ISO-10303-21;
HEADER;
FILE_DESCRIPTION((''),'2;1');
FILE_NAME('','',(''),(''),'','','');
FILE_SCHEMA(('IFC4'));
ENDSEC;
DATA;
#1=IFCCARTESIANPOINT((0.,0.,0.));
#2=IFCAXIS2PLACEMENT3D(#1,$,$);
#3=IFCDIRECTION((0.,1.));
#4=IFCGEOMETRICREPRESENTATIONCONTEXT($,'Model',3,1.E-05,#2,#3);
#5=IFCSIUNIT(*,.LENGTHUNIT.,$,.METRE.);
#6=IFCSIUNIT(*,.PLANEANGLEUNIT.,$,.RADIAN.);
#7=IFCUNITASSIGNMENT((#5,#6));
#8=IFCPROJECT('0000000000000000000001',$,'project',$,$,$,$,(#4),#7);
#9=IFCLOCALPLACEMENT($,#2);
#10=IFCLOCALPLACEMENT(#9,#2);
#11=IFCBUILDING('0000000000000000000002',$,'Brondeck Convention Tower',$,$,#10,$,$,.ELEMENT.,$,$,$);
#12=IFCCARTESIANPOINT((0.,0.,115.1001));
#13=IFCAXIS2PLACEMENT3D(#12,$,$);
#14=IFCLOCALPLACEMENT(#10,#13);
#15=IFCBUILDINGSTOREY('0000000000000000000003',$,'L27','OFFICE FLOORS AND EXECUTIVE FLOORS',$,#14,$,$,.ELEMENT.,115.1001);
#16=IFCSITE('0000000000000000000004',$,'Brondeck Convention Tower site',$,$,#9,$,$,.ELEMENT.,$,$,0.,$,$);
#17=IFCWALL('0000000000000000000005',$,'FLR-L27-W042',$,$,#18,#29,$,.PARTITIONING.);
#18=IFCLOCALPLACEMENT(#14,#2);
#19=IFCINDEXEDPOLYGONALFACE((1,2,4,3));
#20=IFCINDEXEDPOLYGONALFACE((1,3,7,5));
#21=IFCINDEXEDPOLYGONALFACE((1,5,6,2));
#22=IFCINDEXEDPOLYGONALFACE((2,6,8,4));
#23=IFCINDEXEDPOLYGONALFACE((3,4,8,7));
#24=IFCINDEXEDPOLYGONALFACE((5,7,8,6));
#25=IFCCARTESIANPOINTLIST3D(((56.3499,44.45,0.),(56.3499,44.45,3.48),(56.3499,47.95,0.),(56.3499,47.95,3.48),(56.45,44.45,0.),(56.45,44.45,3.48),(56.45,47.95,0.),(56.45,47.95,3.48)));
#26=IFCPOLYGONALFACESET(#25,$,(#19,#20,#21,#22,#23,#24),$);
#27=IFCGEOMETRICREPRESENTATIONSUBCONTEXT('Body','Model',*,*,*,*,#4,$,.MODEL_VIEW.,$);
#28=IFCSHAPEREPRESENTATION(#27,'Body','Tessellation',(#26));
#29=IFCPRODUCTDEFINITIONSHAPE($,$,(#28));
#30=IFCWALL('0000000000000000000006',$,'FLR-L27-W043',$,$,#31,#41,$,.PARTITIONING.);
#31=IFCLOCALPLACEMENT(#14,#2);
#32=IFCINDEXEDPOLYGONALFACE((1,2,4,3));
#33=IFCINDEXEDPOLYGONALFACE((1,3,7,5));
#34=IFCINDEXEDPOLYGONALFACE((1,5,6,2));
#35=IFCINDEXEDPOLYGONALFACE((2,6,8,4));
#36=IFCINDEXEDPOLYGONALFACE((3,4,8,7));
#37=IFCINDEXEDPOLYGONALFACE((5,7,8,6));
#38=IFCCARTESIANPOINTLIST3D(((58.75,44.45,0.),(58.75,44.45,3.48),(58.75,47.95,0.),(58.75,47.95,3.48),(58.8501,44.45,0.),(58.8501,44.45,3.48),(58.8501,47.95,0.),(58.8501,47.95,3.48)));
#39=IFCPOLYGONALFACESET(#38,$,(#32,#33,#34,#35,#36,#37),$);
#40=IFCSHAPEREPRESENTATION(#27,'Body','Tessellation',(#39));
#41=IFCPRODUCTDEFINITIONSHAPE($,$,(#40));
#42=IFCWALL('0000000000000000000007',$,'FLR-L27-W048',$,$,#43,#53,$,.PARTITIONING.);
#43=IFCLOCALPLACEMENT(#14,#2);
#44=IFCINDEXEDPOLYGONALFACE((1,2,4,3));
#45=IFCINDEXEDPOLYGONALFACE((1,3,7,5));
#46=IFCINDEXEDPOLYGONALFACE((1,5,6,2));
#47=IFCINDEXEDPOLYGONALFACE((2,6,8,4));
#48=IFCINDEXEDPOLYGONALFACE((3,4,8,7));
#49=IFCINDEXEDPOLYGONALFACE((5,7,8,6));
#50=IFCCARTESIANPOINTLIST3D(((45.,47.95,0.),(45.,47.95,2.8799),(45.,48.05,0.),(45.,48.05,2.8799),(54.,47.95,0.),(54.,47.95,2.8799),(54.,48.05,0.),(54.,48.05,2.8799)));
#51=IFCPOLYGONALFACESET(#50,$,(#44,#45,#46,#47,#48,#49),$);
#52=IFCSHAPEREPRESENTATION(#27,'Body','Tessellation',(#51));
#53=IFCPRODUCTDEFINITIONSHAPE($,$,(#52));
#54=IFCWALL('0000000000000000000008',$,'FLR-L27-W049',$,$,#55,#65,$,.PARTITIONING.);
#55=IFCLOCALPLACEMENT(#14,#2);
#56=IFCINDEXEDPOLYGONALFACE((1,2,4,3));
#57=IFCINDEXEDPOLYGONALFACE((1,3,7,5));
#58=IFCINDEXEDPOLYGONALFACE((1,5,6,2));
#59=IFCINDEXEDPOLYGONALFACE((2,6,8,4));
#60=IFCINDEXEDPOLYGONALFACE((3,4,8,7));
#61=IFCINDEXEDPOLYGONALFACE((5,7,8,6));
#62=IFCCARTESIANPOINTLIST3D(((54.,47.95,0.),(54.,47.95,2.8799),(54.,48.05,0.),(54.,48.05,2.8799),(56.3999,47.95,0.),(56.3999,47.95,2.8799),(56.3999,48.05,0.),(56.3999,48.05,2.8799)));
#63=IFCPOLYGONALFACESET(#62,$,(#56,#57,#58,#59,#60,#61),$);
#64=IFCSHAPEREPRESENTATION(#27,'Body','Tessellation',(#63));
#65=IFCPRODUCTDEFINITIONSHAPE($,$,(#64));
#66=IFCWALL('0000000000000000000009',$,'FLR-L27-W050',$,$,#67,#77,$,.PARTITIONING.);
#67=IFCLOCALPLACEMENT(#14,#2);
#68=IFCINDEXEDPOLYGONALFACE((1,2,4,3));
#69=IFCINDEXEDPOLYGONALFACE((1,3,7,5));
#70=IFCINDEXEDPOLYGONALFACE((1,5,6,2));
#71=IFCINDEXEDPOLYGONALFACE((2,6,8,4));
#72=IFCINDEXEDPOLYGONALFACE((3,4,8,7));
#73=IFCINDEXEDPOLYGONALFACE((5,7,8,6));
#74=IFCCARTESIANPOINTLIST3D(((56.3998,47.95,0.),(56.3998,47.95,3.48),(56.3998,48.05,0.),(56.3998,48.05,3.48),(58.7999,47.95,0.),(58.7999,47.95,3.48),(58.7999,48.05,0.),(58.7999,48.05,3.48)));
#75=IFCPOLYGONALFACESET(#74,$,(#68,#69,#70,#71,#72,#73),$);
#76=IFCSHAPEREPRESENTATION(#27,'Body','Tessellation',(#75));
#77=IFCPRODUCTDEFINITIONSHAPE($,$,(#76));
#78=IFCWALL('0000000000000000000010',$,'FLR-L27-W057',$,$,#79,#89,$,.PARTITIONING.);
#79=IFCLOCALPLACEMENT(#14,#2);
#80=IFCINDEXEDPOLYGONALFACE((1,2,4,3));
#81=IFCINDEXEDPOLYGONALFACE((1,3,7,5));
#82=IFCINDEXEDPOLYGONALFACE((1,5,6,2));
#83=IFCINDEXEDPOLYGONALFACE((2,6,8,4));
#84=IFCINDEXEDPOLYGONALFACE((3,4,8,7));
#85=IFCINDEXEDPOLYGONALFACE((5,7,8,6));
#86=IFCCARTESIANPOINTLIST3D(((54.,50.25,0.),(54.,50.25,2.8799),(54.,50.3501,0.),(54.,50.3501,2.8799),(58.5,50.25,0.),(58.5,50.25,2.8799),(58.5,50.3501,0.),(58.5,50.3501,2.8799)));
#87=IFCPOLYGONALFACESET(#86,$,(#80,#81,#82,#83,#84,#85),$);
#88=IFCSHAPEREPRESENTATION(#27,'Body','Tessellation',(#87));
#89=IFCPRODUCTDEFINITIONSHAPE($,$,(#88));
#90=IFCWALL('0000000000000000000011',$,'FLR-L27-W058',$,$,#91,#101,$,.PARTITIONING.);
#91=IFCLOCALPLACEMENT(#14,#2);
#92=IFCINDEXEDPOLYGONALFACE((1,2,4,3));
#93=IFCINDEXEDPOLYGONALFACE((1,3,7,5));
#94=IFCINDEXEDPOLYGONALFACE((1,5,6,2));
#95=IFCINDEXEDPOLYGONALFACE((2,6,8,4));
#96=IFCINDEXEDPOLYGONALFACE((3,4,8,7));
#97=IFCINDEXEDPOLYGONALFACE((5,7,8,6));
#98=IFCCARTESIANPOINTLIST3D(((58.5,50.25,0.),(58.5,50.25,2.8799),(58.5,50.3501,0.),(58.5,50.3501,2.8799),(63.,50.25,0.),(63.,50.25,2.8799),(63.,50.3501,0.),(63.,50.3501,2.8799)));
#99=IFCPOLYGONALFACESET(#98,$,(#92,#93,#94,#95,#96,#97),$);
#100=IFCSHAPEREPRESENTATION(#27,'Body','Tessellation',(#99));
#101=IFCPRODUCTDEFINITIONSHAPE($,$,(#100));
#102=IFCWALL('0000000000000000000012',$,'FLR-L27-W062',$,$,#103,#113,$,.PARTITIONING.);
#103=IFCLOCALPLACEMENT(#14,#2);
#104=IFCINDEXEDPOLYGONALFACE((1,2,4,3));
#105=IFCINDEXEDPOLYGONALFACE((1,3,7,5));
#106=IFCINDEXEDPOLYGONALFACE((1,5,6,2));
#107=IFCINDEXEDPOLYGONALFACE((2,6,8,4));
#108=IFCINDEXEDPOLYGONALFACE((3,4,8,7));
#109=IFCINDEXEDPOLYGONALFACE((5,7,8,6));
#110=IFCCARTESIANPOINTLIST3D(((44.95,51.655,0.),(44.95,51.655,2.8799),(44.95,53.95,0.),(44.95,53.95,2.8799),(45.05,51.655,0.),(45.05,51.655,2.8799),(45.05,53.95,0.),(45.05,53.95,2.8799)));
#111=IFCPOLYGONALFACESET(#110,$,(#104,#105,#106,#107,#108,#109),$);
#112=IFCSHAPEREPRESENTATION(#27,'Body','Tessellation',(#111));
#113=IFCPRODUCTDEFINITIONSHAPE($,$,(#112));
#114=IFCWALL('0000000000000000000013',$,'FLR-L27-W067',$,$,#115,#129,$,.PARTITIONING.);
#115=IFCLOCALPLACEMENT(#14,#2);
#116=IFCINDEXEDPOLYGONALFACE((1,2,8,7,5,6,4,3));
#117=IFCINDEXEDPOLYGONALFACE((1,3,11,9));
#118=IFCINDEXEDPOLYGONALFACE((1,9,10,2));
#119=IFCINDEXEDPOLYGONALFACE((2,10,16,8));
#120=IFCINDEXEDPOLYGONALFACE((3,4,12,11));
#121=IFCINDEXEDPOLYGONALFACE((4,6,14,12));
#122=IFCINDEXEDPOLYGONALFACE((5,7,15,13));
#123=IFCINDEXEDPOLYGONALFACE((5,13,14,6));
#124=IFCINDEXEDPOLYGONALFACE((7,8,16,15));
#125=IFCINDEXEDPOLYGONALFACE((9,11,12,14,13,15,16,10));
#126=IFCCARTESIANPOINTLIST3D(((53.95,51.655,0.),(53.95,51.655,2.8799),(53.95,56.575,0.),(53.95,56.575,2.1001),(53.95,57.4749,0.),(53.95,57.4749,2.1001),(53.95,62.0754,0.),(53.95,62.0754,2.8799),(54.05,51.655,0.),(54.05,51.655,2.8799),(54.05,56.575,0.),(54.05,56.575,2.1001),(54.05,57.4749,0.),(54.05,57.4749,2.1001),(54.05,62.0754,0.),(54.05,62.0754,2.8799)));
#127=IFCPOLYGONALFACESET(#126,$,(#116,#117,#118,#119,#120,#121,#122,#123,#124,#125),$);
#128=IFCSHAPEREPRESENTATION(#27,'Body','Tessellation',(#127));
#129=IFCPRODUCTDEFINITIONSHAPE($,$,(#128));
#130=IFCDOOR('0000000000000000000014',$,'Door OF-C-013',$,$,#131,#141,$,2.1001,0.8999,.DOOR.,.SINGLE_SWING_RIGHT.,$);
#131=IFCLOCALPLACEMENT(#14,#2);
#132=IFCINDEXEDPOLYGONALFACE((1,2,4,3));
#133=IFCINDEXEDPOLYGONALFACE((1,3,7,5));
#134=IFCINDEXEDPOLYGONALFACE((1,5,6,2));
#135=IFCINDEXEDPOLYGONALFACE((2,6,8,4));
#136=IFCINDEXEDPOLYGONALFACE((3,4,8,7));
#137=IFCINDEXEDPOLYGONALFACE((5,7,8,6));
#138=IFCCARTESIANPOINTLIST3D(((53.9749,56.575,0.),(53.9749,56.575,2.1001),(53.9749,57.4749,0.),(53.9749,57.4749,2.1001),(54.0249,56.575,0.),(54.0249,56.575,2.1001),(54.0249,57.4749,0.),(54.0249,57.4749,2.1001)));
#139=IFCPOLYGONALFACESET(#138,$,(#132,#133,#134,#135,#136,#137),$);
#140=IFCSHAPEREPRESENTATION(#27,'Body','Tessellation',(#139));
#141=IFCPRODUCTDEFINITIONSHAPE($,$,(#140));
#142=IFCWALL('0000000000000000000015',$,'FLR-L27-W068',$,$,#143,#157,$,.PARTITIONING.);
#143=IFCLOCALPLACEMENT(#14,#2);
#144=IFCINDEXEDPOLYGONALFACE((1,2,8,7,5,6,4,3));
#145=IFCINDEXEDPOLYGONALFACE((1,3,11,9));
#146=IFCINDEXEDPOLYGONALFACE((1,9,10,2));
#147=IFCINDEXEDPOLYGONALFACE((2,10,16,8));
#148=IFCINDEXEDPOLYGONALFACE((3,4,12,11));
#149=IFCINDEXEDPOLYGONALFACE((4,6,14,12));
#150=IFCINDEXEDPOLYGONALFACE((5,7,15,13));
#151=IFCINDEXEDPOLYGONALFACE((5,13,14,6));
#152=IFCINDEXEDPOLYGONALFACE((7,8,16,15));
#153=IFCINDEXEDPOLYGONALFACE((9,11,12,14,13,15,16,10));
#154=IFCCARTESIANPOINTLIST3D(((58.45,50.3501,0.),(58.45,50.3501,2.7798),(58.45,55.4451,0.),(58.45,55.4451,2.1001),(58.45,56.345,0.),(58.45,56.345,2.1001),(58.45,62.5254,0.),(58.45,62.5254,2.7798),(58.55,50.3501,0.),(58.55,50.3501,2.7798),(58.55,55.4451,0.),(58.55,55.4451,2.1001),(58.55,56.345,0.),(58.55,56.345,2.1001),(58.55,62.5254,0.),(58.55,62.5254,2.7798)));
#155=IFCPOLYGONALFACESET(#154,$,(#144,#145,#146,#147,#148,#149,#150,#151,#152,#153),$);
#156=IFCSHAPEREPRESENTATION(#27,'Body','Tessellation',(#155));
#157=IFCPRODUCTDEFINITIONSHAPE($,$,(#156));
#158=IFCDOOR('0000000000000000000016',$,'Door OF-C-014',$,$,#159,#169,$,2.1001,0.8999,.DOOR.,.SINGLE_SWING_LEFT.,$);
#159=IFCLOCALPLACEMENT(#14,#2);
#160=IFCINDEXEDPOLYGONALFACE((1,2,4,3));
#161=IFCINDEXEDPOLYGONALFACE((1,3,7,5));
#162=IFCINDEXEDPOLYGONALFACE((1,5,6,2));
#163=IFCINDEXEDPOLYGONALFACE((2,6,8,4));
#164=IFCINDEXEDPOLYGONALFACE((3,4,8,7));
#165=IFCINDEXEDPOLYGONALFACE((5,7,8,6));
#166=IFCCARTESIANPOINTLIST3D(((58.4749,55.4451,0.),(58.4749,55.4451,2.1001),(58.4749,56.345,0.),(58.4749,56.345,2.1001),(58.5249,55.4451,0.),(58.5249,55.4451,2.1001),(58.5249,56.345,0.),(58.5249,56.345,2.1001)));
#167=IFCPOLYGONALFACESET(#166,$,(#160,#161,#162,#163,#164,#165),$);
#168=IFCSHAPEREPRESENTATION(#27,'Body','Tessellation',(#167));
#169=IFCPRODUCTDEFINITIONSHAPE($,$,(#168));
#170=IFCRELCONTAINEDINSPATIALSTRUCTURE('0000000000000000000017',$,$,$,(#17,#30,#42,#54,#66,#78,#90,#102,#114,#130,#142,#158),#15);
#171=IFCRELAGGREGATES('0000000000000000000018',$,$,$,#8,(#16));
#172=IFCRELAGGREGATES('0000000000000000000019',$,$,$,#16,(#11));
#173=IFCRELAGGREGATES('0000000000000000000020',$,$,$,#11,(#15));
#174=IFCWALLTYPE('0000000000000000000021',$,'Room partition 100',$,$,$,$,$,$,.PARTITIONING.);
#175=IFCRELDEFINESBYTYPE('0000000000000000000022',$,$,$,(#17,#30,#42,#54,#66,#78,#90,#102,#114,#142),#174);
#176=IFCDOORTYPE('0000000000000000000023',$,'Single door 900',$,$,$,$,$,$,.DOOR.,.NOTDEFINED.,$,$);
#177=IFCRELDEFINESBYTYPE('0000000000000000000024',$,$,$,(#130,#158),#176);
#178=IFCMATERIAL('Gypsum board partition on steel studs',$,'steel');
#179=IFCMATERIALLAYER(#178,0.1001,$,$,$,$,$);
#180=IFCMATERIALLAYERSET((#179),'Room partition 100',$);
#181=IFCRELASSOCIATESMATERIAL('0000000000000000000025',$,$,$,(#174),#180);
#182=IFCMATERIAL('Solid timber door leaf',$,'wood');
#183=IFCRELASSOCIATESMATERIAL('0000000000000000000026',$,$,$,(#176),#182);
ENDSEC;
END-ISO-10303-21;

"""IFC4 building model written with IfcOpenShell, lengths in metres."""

from ifc_helpers import new_model, si_unit, direction, frame, frame_2d, origin, place, context, subcontext, project, spatial, rectangle, extrude, material, layer, layer_set, type_object, element, fill, save


model = new_model("IFC4")

# Units and contexts
model_context = context("Model", 3, precision=1e-05, world=origin(), true_north=direction((0.0, 1.0)))
body_context = subcontext(model_context, "Body", "Model", "MODEL_VIEW")
ifc_project = project(units=[si_unit("LENGTHUNIT", "METRE"), si_unit("PLANEANGLEUNIT", "RADIAN")], contexts=[model_context])

# Site, building, storey
site_placement = place(None, origin())
site = spatial("IfcSite", under=ifc_project, at=site_placement, Name="Brondeck Convention Tower site", CompositionType="ELEMENT", RefElevation=0.0)
building_placement = place(site_placement, origin())
building = spatial("IfcBuilding", under=site, at=building_placement, Name="Brondeck Convention Tower", CompositionType="ELEMENT")
storey_placement = place(building_placement, frame((0.0, 0.0, 115.1001)))
storey = spatial("IfcBuildingStorey", under=building, at=storey_placement, Name="L27", Description="OFFICE FLOORS AND EXECUTIVE FLOORS", CompositionType="ELEMENT", Elevation=115.1001)

# Shared definitions
ifc_material_1 = material(Name="Gypsum board partition on steel studs", Category="steel")
ifc_layer_1 = layer(ifc_material_1, 0.1001)
ifc_layer_set_1 = layer_set([ifc_layer_1], Name="Room partition 100")
wall_type_1 = type_object("IfcWallType", Name="Room partition 100", PredefinedType="PARTITIONING", material=ifc_layer_set_1)
ifc_material_2 = material(Name="Solid timber door leaf", Category="wood")

# Walls
for number, where, z_axis, x_axis, name in (
    (1, (56.3999, 47.95, 0.0), (0.0, 0.0, 1.0), (0.0, -1.0, 0.0), "FLR-L27-W042"),
    (2, (58.8, 47.95, 0.0), (0.0, 0.0, 1.0), (0.0, -1.0, 0.0), "FLR-L27-W043"),
):
    element("IfcWall", number, at=place(storey_placement, frame(where, z_axis=z_axis, x_axis=x_axis)), inside=storey, type_object=wall_type_1, Name=name, PredefinedType="PARTITIONING", context=body_context, shape_type="SweptSolid", body=[
        extrude(rectangle(XDim=3.5, YDim=0.1001, at=frame_2d((1.75, 0.0))), origin(), (0.0, 0.0, 1.0), 3.48),
    ])
wall_1_placement = place(storey_placement, frame((54.0, 48.0, 0.0), z_axis=(0.0, 0.0, 1.0), x_axis=(-1.0, 0.0, 0.0)))
element("IfcWall", 3, at=wall_1_placement, inside=storey, type_object=wall_type_1, Name="FLR-L27-W048", PredefinedType="PARTITIONING", context=body_context, shape_type="SweptSolid", body=[
    extrude(rectangle(XDim=9.0, YDim=0.1001, at=frame_2d((4.5, 0.0))), origin(), (0.0, 0.0, 1.0), 2.8799),
])
wall_2_placement = place(storey_placement, frame((56.3999, 48.0, 0.0), z_axis=(0.0, 0.0, 1.0), x_axis=(-1.0, 0.0, 0.0)))
element("IfcWall", 4, at=wall_2_placement, inside=storey, type_object=wall_type_1, Name="FLR-L27-W049", PredefinedType="PARTITIONING", context=body_context, shape_type="SweptSolid", body=[
    extrude(rectangle(XDim=2.3999, YDim=0.1001, at=frame_2d((1.2, 0.0))), origin(), (0.0, 0.0, 1.0), 2.8799),
])
wall_3_placement = place(storey_placement, frame((58.8, 48.0, 0.0), z_axis=(0.0, 0.0, 1.0), x_axis=(-1.0, 0.0, 0.0)))
element("IfcWall", 5, at=wall_3_placement, inside=storey, type_object=wall_type_1, Name="FLR-L27-W050", PredefinedType="PARTITIONING", context=body_context, shape_type="SweptSolid", body=[
    extrude(rectangle(XDim=2.4001, YDim=0.1001, at=frame_2d((1.2002, 0.0))), origin(), (0.0, 0.0, 1.0), 3.48),
])
for number, where, z_axis, x_axis, name in (
    (6, (54.0, 50.3, 0.0), (0.0, 0.0, 1.0), (1.0, 0.0, 0.0), "FLR-L27-W057"),
    (7, (58.5, 50.3, 0.0), (0.0, 0.0, 1.0), (1.0, 0.0, 0.0), "FLR-L27-W058"),
):
    element("IfcWall", number, at=place(storey_placement, frame(where, z_axis=z_axis, x_axis=x_axis)), inside=storey, type_object=wall_type_1, Name=name, PredefinedType="PARTITIONING", context=body_context, shape_type="SweptSolid", body=[
        extrude(rectangle(XDim=4.5, YDim=0.1001, at=frame_2d((2.25, 0.0))), origin(), (0.0, 0.0, 1.0), 2.8799),
    ])
wall_4_placement = place(storey_placement, frame((45.0, 53.95, 0.0), z_axis=(0.0, 0.0, 1.0), x_axis=(0.0, -1.0, 0.0)))
element("IfcWall", 8, at=wall_4_placement, inside=storey, type_object=wall_type_1, Name="FLR-L27-W062", PredefinedType="PARTITIONING", context=body_context, shape_type="SweptSolid", body=[
    extrude(rectangle(XDim=2.2949, YDim=0.1001, at=frame_2d((1.1475, 0.0))), origin(), (0.0, 0.0, 1.0), 2.8799),
])

# Walls, openings, doors
wall_5_placement = place(storey_placement, frame((54.0, 62.0754, 0.0), z_axis=(0.0, 0.0, 1.0), x_axis=(0.0, -1.0, 0.0)))
wall_5 = element("IfcWall", 9, at=wall_5_placement, inside=storey, type_object=wall_type_1, Name="FLR-L27-W067", PredefinedType="PARTITIONING", context=body_context, shape_type="SweptSolid", body=[
    extrude(rectangle(XDim=10.4204, YDim=0.1001, at=frame_2d((5.2102, 0.0))), origin(), (0.0, 0.0, 1.0), 2.8799),
])
opening_1_placement = place(wall_5_placement, frame((4.6006, 0.0, 0.0)))
opening_1 = element("IfcOpeningElement", 10, at=opening_1_placement, cuts=wall_5, PredefinedType="OPENING", context=body_context, shape_type="SweptSolid", body=[
    extrude(rectangle(XDim=0.8999, YDim=2.1001, at=frame_2d((0.45, 1.05))), frame((0.0, 0.0601, 0.0), z_axis=(0.0, -1.0, 0.0), x_axis=(1.0, 0.0, 0.0)), (0.0, 0.0, 1.0), 0.1201),
])
door_type_1 = type_object("IfcDoorType", Name="Single door 900", OperationType="NOTDEFINED", PredefinedType="DOOR", material=ifc_material_2)
door_1_placement = place(opening_1_placement, origin())
door_1 = element("IfcDoor", 11, at=door_1_placement, inside=storey, type_object=door_type_1, Name="Door OF-C-013", OperationType="SINGLE_SWING_RIGHT", OverallHeight=2.1001, OverallWidth=0.8999, PredefinedType="DOOR", context=body_context, shape_type="SweptSolid", body=[
    extrude(rectangle(XDim=0.8999, YDim=2.1001, at=frame_2d((0.45, 1.05))), frame((0.0, 0.0249, 0.0), z_axis=(0.0, -1.0, 0.0), x_axis=(1.0, 0.0, 0.0)), (0.0, 0.0, 1.0), 0.05),
])
fill(opening_1, door_1)
wall_6_placement = place(storey_placement, frame((58.5, 62.5254, 0.0), z_axis=(0.0, 0.0, 1.0), x_axis=(0.0, -1.0, 0.0)))
wall_6 = element("IfcWall", 12, at=wall_6_placement, inside=storey, type_object=wall_type_1, Name="FLR-L27-W068", PredefinedType="PARTITIONING", context=body_context, shape_type="SweptSolid", body=[
    extrude(rectangle(XDim=12.1753, YDim=0.1001, at=frame_2d((6.0876, 0.0))), origin(), (0.0, 0.0, 1.0), 2.7798),
])
opening_2_placement = place(wall_6_placement, frame((6.1804, 0.0, 0.0)))
opening_2 = element("IfcOpeningElement", 13, at=opening_2_placement, cuts=wall_6, PredefinedType="OPENING", context=body_context, shape_type="SweptSolid", body=[
    extrude(rectangle(XDim=0.8999, YDim=2.1001, at=frame_2d((0.45, 1.05))), frame((0.0, 0.0601, 0.0), z_axis=(0.0, -1.0, 0.0), x_axis=(1.0, 0.0, 0.0)), (0.0, 0.0, 1.0), 0.1201),
])
door_2_placement = place(opening_2_placement, origin())
door_2 = element("IfcDoor", 14, at=door_2_placement, inside=storey, type_object=door_type_1, Name="Door OF-C-014", OperationType="SINGLE_SWING_LEFT", OverallHeight=2.1001, OverallWidth=0.8999, PredefinedType="DOOR", context=body_context, shape_type="SweptSolid", body=[
    extrude(rectangle(XDim=0.8999, YDim=2.1001, at=frame_2d((0.45, 1.05))), frame((0.0, 0.0249, 0.0), z_axis=(0.0, -1.0, 0.0), x_axis=(1.0, 0.0, 0.0)), (0.0, 0.0, 1.0), 0.05),
])
fill(opening_2, door_2)

save(model, "model.ifc")
